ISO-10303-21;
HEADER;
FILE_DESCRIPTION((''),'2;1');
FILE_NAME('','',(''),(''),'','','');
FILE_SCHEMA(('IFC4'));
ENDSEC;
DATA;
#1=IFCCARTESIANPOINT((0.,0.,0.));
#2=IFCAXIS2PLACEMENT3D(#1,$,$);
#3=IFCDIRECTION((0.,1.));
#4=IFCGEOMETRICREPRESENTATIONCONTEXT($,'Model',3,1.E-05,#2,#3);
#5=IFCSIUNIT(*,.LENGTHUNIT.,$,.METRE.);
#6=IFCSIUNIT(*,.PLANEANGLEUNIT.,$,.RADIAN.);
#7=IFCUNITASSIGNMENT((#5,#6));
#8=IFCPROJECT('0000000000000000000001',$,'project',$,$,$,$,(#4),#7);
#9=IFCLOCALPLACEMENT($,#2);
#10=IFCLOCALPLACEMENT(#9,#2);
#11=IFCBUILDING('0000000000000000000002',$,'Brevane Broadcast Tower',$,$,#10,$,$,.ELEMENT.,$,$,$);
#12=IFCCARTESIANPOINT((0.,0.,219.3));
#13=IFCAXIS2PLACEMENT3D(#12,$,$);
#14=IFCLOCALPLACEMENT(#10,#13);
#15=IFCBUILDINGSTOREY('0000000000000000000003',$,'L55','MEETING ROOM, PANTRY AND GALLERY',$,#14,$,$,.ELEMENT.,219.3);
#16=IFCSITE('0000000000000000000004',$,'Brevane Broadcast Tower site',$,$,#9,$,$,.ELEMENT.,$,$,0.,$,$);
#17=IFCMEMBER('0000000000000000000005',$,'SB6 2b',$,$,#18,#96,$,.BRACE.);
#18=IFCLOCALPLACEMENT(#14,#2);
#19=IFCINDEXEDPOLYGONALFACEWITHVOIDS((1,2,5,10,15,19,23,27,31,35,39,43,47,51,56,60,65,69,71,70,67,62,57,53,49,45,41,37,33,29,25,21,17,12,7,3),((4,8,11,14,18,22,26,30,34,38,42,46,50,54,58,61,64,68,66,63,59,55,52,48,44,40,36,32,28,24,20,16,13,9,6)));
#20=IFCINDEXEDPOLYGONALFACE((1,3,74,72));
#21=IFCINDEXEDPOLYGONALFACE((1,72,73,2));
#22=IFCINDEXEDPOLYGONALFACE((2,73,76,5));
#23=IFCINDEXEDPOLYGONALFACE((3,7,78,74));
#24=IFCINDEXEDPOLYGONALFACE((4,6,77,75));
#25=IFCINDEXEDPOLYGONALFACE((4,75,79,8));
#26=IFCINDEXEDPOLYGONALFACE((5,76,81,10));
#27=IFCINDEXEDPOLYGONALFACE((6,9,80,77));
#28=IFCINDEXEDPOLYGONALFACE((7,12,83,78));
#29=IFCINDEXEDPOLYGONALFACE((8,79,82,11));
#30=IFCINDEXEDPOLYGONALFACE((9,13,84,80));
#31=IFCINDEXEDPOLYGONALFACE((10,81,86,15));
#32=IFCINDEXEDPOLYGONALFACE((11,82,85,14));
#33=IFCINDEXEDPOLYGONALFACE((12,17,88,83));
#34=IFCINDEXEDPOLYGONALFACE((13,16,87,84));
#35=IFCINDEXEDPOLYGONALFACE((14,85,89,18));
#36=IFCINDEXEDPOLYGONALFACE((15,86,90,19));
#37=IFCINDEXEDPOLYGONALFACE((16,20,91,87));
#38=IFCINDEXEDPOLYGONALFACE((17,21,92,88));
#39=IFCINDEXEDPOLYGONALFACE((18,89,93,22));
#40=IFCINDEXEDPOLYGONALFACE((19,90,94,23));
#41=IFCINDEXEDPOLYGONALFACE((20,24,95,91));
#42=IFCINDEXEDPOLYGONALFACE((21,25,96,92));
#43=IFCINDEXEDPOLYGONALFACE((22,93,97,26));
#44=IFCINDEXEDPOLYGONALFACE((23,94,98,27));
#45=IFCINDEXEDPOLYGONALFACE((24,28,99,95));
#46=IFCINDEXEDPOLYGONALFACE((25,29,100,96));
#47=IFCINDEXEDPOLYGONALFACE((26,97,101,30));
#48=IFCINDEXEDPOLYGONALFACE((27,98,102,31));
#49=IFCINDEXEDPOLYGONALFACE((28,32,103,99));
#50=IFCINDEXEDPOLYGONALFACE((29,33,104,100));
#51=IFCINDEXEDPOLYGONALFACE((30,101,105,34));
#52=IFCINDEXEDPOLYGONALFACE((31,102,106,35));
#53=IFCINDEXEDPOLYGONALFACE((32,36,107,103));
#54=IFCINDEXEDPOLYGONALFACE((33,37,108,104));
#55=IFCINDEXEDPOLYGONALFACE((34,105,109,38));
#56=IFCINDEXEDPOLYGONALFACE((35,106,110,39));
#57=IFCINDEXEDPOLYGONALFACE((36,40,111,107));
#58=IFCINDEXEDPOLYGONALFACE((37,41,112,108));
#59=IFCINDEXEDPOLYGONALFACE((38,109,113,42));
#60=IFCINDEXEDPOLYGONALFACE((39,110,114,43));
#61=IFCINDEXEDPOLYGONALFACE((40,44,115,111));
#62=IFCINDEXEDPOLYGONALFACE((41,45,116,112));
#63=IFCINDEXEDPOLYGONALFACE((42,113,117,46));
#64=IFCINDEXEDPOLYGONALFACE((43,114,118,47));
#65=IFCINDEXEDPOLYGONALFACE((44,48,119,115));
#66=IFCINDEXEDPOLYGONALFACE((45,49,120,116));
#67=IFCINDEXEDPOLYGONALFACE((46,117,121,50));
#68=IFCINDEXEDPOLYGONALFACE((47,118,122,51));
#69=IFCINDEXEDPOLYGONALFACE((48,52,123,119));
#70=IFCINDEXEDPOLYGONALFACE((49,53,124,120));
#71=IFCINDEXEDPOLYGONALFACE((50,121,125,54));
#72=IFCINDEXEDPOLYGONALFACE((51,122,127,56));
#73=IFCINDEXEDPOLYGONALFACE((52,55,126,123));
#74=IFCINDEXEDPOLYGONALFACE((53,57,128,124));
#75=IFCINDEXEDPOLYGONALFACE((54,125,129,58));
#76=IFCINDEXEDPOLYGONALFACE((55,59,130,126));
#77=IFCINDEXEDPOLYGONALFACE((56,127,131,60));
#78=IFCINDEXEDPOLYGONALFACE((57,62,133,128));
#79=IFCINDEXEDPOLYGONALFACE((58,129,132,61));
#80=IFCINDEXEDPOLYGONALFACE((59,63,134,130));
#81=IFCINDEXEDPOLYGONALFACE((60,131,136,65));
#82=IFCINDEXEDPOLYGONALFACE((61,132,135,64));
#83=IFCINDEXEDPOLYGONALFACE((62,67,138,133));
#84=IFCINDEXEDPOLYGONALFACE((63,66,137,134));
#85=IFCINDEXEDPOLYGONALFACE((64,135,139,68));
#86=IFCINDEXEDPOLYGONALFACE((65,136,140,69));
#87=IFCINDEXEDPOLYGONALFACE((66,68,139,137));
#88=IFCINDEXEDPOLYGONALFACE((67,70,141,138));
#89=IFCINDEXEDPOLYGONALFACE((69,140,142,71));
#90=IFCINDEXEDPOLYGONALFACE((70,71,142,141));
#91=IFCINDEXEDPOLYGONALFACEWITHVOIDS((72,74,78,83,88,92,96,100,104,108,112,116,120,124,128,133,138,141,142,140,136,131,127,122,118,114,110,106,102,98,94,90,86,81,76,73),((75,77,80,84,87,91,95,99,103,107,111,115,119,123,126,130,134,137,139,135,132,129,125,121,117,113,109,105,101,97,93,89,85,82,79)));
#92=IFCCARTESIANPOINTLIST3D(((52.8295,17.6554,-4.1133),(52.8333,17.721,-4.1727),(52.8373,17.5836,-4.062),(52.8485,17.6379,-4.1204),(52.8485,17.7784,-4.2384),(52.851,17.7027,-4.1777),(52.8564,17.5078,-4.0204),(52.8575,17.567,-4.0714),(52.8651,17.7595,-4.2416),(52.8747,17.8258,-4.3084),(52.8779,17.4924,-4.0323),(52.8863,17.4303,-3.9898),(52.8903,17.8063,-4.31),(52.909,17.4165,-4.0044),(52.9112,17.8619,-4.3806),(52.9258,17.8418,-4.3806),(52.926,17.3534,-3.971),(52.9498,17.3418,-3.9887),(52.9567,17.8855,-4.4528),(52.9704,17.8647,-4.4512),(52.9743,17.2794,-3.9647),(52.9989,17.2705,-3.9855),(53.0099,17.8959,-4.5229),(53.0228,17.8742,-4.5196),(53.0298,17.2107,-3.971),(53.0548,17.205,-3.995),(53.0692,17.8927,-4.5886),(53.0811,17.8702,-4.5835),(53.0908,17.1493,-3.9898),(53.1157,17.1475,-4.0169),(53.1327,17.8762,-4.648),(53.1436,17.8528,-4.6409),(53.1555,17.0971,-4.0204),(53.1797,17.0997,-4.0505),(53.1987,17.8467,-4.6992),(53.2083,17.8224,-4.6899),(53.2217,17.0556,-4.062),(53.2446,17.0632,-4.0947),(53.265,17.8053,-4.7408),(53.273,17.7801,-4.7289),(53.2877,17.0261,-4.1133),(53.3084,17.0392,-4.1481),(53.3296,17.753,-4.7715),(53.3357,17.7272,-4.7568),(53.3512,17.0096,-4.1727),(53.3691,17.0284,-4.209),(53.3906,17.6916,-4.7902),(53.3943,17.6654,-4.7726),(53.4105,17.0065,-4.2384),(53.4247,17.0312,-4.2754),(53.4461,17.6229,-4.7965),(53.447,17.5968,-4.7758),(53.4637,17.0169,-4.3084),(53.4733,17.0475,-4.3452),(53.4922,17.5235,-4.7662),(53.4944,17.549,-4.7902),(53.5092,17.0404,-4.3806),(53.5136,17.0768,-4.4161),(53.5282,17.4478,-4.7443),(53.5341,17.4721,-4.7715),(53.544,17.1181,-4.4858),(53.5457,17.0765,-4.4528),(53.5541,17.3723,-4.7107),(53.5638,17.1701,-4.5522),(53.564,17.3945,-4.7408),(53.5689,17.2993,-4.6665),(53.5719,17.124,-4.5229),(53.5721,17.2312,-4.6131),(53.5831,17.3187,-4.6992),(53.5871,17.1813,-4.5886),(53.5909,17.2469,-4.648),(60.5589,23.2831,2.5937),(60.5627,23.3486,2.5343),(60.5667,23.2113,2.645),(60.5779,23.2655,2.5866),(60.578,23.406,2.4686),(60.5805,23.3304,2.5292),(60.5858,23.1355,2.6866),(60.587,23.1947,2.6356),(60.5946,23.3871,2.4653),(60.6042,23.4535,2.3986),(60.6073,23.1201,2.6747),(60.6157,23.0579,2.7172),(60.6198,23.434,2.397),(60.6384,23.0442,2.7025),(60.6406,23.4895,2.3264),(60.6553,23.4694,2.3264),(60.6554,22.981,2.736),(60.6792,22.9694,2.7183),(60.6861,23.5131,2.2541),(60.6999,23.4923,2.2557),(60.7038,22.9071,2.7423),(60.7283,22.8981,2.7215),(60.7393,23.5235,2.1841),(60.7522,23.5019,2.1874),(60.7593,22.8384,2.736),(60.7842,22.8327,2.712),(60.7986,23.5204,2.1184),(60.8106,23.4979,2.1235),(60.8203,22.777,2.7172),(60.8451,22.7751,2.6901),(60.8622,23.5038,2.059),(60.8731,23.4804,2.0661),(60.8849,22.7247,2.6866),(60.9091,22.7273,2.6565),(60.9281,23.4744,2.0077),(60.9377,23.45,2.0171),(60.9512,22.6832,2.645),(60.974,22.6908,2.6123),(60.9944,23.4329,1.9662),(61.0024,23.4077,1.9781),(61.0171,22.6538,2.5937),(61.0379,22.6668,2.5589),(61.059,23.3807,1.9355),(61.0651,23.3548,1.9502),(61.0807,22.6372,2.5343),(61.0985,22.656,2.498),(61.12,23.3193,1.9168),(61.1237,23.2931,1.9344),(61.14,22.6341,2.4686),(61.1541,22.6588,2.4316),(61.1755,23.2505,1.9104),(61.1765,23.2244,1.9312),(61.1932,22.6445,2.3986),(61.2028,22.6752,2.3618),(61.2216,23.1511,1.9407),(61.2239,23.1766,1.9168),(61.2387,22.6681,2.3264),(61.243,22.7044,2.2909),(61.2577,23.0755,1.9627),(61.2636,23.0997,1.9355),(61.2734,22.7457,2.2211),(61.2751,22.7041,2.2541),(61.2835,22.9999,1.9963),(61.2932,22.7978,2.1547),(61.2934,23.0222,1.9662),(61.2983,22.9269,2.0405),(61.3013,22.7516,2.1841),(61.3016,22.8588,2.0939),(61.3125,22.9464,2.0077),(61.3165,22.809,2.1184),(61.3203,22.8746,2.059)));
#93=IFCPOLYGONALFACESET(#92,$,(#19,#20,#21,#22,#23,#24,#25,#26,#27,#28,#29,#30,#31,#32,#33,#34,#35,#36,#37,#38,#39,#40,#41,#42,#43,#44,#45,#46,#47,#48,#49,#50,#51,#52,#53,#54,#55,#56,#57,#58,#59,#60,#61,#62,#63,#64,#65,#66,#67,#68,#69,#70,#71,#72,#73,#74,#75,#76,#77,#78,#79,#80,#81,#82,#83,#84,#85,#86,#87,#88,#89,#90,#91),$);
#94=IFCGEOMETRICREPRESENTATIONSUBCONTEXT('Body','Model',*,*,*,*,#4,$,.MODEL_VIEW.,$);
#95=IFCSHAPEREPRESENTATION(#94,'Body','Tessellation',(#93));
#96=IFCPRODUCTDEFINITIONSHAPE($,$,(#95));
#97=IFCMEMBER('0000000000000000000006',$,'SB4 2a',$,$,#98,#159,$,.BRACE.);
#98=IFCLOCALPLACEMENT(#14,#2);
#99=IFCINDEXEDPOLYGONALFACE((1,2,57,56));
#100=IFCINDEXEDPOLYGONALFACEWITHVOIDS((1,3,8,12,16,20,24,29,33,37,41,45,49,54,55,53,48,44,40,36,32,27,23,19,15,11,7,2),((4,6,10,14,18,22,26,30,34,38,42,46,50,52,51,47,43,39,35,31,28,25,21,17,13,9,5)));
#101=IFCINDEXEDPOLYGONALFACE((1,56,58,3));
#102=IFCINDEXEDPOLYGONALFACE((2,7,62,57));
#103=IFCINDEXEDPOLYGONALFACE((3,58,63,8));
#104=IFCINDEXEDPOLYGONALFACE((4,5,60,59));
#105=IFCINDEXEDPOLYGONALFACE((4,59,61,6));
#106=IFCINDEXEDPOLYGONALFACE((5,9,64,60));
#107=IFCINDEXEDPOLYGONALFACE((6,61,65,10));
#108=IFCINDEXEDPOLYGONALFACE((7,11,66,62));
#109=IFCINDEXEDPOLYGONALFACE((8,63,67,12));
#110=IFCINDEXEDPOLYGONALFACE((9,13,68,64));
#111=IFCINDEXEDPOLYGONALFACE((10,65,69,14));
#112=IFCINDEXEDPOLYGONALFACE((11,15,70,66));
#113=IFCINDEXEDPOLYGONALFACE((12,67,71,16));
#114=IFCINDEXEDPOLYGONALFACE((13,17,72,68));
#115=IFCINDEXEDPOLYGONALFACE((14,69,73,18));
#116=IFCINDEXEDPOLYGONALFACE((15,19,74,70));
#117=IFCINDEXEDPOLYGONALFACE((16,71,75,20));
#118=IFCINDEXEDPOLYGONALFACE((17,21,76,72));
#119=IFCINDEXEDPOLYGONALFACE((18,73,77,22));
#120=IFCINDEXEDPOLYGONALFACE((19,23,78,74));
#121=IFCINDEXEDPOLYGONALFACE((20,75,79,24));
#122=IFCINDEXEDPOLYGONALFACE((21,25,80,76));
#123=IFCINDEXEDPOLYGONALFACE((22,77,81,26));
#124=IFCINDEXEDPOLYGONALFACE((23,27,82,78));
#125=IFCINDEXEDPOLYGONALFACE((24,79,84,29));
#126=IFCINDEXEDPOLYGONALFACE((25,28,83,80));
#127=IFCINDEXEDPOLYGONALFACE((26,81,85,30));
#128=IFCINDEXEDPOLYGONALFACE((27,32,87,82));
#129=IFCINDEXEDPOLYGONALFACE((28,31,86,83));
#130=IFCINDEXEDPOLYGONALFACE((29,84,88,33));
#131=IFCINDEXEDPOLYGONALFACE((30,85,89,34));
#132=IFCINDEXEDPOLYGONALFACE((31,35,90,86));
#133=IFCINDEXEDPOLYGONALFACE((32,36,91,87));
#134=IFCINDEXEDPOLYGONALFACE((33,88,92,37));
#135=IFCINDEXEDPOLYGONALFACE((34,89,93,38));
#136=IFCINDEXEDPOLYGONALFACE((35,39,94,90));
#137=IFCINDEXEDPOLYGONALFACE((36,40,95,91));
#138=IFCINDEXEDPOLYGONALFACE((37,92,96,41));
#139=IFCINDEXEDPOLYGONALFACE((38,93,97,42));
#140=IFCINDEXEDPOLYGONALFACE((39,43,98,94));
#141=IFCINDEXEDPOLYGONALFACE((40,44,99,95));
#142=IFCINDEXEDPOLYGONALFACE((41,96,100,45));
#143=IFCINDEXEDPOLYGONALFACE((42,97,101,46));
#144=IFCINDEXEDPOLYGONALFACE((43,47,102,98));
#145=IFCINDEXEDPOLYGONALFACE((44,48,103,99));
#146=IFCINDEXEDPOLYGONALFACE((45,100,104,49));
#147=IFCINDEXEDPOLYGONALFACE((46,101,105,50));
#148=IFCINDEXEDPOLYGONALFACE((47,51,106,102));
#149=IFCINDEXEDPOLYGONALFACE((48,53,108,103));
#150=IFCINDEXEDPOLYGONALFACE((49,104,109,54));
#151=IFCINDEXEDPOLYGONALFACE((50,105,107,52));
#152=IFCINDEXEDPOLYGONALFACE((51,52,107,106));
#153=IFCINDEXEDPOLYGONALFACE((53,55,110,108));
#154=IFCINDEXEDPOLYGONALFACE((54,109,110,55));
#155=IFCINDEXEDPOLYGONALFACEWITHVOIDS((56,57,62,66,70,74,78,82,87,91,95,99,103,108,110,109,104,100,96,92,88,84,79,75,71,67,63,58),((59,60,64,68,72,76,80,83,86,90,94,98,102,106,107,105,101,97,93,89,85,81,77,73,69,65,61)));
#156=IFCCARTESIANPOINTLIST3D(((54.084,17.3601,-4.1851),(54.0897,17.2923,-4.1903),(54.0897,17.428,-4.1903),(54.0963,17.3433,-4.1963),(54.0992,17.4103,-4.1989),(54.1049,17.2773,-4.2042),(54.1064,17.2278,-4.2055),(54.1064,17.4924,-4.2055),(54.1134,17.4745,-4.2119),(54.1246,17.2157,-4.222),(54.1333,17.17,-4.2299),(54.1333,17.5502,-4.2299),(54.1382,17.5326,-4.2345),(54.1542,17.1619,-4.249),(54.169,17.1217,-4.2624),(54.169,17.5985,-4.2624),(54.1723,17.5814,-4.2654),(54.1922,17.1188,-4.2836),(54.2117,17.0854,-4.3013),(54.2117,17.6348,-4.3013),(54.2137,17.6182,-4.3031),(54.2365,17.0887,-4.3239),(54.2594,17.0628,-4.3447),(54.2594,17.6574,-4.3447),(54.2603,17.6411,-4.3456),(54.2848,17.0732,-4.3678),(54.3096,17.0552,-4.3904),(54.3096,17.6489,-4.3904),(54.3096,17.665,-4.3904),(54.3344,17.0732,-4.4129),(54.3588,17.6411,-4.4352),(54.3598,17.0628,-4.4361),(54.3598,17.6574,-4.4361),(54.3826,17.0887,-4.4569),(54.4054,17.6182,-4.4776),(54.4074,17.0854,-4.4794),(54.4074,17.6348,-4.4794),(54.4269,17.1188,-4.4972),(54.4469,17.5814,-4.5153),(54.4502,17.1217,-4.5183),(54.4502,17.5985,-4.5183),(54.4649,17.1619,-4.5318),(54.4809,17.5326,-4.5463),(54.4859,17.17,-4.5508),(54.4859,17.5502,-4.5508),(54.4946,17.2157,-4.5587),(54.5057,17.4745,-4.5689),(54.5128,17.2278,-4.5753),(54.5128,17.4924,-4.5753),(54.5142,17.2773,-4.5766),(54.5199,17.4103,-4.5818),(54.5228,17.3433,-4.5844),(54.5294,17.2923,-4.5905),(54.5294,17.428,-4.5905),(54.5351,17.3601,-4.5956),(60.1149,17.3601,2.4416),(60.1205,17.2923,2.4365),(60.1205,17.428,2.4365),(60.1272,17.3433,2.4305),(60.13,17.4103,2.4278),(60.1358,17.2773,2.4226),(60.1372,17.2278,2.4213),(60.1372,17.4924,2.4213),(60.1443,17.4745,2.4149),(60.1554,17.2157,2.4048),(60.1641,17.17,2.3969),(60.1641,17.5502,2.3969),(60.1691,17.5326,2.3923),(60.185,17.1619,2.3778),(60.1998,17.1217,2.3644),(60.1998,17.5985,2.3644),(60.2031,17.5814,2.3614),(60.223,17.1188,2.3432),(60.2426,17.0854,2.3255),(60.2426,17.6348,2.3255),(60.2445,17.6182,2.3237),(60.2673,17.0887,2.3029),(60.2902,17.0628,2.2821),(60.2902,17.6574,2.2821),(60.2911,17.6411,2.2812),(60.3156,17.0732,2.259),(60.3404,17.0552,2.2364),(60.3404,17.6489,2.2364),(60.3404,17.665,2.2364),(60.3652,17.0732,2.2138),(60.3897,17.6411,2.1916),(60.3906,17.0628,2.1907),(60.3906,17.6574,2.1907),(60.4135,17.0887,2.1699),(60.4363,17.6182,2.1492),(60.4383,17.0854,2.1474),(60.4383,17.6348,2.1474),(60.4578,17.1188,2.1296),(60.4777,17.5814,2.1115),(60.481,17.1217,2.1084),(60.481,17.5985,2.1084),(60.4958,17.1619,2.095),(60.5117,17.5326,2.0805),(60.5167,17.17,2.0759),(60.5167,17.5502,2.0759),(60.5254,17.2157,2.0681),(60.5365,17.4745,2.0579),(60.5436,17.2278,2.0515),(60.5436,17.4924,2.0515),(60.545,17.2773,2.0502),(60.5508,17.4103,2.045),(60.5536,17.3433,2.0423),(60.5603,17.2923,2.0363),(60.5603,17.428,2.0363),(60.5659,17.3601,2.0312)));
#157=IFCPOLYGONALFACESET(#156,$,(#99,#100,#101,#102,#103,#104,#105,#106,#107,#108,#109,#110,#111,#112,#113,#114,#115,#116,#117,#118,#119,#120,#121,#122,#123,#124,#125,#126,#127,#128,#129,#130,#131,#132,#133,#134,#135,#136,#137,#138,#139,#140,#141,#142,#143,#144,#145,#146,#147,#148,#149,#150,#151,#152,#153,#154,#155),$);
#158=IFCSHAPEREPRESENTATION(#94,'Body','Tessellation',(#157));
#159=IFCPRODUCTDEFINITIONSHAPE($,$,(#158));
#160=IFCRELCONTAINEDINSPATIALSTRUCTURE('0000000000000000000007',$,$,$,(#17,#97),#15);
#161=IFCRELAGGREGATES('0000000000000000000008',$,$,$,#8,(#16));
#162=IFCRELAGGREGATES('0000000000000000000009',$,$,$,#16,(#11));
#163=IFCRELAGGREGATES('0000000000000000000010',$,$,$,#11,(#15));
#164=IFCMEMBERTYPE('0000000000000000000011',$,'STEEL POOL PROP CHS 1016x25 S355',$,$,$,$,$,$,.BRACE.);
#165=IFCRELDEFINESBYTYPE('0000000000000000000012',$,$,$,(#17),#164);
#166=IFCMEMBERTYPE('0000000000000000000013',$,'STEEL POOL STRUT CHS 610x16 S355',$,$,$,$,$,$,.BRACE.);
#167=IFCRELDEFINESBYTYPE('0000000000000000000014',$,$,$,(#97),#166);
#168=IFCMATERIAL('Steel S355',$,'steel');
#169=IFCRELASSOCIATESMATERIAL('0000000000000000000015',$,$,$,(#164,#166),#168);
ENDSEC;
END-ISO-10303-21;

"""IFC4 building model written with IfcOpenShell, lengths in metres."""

from ifc_helpers import new_model, si_unit, direction, frame, origin, origin_2d, place, context, subcontext, project, spatial, hollow_circle, extrude, material, material_profile, profile_set, type_object, element, save


model = new_model("IFC4")

# Units and contexts
model_context = context("Model", 3, precision=1e-05, world=origin(), true_north=direction((0.0, 1.0)))
body_context = subcontext(model_context, "Body", "Model", "MODEL_VIEW")
ifc_project = project(units=[si_unit("LENGTHUNIT", "METRE"), si_unit("PLANEANGLEUNIT", "RADIAN")], contexts=[model_context])

# Site, building, storey
site_placement = place(None, origin())
site = spatial("IfcSite", under=ifc_project, at=site_placement, Name="Brevane Broadcast Tower site", CompositionType="ELEMENT", RefElevation=0.0)
building_placement = place(site_placement, origin())
building = spatial("IfcBuilding", under=site, at=building_placement, Name="Brevane Broadcast Tower", CompositionType="ELEMENT")
storey_placement = place(building_placement, frame((0.0, 0.0, 219.3)))
storey = spatial("IfcBuildingStorey", under=building, at=storey_placement, Name="L55", Description="MEETING ROOM, PANTRY AND GALLERY", CompositionType="ELEMENT", Elevation=219.3)

# Shared definitions
ifc_material_1 = material(Name="Steel S355", Category="steel")

# Members
ifc_material_profile_1 = material_profile(ifc_material_1, hollow_circle(Radius=0.5081, WallThickness=0.0249, at=origin_2d()), Name="CHS 1016x25")
ifc_profile_set_1 = profile_set([ifc_material_profile_1], Name="Steel S355")
member_type_1 = type_object("IfcMemberType", Name="STEEL POOL PROP CHS 1016x25 S355", PredefinedType="BRACE", material=ifc_profile_set_1)
member_1_placement = place(storey_placement, frame((53.2102, 17.4512, -4.3806), z_axis=(0.661826, 0.481862, 0.574279), x_axis=(-0.588598, 0.808426, 0.0)))
element("IfcMember", 1, at=member_1_placement, inside=storey, type_object=member_type_1, Name="SB6 2b", PredefinedType="BRACE", context=body_context, shape_type="SweptSolid", body=[
    extrude(hollow_circle(Radius=0.5081, WallThickness=0.0249, at=origin_2d()), origin(), (0.0, 0.0, 1.0), 11.679),
])
ifc_material_profile_2 = material_profile(ifc_material_1, hollow_circle(Radius=0.3049, WallThickness=0.0161, at=origin_2d()), Name="CHS 610x16")
ifc_profile_set_2 = profile_set([ifc_material_profile_2], Name="Steel S355")
member_type_2 = type_object("IfcMemberType", Name="STEEL POOL STRUT CHS 610x16 S355", PredefinedType="BRACE", material=ifc_profile_set_2)
member_2_placement = place(storey_placement, frame((54.3096, 17.3601, -4.3904), z_axis=(0.673069, 0.0, 0.73958), x_axis=(0.0, 1.0, 0.0)))
element("IfcMember", 2, at=member_2_placement, inside=storey, type_object=member_type_2, Name="SB4 2a", PredefinedType="BRACE", context=body_context, shape_type="SweptSolid", body=[
    extrude(hollow_circle(Radius=0.3049, WallThickness=0.0161, at=origin_2d()), origin(), (0.0, 0.0, 1.0), 8.9602),
])

save(model, "model.ifc")
